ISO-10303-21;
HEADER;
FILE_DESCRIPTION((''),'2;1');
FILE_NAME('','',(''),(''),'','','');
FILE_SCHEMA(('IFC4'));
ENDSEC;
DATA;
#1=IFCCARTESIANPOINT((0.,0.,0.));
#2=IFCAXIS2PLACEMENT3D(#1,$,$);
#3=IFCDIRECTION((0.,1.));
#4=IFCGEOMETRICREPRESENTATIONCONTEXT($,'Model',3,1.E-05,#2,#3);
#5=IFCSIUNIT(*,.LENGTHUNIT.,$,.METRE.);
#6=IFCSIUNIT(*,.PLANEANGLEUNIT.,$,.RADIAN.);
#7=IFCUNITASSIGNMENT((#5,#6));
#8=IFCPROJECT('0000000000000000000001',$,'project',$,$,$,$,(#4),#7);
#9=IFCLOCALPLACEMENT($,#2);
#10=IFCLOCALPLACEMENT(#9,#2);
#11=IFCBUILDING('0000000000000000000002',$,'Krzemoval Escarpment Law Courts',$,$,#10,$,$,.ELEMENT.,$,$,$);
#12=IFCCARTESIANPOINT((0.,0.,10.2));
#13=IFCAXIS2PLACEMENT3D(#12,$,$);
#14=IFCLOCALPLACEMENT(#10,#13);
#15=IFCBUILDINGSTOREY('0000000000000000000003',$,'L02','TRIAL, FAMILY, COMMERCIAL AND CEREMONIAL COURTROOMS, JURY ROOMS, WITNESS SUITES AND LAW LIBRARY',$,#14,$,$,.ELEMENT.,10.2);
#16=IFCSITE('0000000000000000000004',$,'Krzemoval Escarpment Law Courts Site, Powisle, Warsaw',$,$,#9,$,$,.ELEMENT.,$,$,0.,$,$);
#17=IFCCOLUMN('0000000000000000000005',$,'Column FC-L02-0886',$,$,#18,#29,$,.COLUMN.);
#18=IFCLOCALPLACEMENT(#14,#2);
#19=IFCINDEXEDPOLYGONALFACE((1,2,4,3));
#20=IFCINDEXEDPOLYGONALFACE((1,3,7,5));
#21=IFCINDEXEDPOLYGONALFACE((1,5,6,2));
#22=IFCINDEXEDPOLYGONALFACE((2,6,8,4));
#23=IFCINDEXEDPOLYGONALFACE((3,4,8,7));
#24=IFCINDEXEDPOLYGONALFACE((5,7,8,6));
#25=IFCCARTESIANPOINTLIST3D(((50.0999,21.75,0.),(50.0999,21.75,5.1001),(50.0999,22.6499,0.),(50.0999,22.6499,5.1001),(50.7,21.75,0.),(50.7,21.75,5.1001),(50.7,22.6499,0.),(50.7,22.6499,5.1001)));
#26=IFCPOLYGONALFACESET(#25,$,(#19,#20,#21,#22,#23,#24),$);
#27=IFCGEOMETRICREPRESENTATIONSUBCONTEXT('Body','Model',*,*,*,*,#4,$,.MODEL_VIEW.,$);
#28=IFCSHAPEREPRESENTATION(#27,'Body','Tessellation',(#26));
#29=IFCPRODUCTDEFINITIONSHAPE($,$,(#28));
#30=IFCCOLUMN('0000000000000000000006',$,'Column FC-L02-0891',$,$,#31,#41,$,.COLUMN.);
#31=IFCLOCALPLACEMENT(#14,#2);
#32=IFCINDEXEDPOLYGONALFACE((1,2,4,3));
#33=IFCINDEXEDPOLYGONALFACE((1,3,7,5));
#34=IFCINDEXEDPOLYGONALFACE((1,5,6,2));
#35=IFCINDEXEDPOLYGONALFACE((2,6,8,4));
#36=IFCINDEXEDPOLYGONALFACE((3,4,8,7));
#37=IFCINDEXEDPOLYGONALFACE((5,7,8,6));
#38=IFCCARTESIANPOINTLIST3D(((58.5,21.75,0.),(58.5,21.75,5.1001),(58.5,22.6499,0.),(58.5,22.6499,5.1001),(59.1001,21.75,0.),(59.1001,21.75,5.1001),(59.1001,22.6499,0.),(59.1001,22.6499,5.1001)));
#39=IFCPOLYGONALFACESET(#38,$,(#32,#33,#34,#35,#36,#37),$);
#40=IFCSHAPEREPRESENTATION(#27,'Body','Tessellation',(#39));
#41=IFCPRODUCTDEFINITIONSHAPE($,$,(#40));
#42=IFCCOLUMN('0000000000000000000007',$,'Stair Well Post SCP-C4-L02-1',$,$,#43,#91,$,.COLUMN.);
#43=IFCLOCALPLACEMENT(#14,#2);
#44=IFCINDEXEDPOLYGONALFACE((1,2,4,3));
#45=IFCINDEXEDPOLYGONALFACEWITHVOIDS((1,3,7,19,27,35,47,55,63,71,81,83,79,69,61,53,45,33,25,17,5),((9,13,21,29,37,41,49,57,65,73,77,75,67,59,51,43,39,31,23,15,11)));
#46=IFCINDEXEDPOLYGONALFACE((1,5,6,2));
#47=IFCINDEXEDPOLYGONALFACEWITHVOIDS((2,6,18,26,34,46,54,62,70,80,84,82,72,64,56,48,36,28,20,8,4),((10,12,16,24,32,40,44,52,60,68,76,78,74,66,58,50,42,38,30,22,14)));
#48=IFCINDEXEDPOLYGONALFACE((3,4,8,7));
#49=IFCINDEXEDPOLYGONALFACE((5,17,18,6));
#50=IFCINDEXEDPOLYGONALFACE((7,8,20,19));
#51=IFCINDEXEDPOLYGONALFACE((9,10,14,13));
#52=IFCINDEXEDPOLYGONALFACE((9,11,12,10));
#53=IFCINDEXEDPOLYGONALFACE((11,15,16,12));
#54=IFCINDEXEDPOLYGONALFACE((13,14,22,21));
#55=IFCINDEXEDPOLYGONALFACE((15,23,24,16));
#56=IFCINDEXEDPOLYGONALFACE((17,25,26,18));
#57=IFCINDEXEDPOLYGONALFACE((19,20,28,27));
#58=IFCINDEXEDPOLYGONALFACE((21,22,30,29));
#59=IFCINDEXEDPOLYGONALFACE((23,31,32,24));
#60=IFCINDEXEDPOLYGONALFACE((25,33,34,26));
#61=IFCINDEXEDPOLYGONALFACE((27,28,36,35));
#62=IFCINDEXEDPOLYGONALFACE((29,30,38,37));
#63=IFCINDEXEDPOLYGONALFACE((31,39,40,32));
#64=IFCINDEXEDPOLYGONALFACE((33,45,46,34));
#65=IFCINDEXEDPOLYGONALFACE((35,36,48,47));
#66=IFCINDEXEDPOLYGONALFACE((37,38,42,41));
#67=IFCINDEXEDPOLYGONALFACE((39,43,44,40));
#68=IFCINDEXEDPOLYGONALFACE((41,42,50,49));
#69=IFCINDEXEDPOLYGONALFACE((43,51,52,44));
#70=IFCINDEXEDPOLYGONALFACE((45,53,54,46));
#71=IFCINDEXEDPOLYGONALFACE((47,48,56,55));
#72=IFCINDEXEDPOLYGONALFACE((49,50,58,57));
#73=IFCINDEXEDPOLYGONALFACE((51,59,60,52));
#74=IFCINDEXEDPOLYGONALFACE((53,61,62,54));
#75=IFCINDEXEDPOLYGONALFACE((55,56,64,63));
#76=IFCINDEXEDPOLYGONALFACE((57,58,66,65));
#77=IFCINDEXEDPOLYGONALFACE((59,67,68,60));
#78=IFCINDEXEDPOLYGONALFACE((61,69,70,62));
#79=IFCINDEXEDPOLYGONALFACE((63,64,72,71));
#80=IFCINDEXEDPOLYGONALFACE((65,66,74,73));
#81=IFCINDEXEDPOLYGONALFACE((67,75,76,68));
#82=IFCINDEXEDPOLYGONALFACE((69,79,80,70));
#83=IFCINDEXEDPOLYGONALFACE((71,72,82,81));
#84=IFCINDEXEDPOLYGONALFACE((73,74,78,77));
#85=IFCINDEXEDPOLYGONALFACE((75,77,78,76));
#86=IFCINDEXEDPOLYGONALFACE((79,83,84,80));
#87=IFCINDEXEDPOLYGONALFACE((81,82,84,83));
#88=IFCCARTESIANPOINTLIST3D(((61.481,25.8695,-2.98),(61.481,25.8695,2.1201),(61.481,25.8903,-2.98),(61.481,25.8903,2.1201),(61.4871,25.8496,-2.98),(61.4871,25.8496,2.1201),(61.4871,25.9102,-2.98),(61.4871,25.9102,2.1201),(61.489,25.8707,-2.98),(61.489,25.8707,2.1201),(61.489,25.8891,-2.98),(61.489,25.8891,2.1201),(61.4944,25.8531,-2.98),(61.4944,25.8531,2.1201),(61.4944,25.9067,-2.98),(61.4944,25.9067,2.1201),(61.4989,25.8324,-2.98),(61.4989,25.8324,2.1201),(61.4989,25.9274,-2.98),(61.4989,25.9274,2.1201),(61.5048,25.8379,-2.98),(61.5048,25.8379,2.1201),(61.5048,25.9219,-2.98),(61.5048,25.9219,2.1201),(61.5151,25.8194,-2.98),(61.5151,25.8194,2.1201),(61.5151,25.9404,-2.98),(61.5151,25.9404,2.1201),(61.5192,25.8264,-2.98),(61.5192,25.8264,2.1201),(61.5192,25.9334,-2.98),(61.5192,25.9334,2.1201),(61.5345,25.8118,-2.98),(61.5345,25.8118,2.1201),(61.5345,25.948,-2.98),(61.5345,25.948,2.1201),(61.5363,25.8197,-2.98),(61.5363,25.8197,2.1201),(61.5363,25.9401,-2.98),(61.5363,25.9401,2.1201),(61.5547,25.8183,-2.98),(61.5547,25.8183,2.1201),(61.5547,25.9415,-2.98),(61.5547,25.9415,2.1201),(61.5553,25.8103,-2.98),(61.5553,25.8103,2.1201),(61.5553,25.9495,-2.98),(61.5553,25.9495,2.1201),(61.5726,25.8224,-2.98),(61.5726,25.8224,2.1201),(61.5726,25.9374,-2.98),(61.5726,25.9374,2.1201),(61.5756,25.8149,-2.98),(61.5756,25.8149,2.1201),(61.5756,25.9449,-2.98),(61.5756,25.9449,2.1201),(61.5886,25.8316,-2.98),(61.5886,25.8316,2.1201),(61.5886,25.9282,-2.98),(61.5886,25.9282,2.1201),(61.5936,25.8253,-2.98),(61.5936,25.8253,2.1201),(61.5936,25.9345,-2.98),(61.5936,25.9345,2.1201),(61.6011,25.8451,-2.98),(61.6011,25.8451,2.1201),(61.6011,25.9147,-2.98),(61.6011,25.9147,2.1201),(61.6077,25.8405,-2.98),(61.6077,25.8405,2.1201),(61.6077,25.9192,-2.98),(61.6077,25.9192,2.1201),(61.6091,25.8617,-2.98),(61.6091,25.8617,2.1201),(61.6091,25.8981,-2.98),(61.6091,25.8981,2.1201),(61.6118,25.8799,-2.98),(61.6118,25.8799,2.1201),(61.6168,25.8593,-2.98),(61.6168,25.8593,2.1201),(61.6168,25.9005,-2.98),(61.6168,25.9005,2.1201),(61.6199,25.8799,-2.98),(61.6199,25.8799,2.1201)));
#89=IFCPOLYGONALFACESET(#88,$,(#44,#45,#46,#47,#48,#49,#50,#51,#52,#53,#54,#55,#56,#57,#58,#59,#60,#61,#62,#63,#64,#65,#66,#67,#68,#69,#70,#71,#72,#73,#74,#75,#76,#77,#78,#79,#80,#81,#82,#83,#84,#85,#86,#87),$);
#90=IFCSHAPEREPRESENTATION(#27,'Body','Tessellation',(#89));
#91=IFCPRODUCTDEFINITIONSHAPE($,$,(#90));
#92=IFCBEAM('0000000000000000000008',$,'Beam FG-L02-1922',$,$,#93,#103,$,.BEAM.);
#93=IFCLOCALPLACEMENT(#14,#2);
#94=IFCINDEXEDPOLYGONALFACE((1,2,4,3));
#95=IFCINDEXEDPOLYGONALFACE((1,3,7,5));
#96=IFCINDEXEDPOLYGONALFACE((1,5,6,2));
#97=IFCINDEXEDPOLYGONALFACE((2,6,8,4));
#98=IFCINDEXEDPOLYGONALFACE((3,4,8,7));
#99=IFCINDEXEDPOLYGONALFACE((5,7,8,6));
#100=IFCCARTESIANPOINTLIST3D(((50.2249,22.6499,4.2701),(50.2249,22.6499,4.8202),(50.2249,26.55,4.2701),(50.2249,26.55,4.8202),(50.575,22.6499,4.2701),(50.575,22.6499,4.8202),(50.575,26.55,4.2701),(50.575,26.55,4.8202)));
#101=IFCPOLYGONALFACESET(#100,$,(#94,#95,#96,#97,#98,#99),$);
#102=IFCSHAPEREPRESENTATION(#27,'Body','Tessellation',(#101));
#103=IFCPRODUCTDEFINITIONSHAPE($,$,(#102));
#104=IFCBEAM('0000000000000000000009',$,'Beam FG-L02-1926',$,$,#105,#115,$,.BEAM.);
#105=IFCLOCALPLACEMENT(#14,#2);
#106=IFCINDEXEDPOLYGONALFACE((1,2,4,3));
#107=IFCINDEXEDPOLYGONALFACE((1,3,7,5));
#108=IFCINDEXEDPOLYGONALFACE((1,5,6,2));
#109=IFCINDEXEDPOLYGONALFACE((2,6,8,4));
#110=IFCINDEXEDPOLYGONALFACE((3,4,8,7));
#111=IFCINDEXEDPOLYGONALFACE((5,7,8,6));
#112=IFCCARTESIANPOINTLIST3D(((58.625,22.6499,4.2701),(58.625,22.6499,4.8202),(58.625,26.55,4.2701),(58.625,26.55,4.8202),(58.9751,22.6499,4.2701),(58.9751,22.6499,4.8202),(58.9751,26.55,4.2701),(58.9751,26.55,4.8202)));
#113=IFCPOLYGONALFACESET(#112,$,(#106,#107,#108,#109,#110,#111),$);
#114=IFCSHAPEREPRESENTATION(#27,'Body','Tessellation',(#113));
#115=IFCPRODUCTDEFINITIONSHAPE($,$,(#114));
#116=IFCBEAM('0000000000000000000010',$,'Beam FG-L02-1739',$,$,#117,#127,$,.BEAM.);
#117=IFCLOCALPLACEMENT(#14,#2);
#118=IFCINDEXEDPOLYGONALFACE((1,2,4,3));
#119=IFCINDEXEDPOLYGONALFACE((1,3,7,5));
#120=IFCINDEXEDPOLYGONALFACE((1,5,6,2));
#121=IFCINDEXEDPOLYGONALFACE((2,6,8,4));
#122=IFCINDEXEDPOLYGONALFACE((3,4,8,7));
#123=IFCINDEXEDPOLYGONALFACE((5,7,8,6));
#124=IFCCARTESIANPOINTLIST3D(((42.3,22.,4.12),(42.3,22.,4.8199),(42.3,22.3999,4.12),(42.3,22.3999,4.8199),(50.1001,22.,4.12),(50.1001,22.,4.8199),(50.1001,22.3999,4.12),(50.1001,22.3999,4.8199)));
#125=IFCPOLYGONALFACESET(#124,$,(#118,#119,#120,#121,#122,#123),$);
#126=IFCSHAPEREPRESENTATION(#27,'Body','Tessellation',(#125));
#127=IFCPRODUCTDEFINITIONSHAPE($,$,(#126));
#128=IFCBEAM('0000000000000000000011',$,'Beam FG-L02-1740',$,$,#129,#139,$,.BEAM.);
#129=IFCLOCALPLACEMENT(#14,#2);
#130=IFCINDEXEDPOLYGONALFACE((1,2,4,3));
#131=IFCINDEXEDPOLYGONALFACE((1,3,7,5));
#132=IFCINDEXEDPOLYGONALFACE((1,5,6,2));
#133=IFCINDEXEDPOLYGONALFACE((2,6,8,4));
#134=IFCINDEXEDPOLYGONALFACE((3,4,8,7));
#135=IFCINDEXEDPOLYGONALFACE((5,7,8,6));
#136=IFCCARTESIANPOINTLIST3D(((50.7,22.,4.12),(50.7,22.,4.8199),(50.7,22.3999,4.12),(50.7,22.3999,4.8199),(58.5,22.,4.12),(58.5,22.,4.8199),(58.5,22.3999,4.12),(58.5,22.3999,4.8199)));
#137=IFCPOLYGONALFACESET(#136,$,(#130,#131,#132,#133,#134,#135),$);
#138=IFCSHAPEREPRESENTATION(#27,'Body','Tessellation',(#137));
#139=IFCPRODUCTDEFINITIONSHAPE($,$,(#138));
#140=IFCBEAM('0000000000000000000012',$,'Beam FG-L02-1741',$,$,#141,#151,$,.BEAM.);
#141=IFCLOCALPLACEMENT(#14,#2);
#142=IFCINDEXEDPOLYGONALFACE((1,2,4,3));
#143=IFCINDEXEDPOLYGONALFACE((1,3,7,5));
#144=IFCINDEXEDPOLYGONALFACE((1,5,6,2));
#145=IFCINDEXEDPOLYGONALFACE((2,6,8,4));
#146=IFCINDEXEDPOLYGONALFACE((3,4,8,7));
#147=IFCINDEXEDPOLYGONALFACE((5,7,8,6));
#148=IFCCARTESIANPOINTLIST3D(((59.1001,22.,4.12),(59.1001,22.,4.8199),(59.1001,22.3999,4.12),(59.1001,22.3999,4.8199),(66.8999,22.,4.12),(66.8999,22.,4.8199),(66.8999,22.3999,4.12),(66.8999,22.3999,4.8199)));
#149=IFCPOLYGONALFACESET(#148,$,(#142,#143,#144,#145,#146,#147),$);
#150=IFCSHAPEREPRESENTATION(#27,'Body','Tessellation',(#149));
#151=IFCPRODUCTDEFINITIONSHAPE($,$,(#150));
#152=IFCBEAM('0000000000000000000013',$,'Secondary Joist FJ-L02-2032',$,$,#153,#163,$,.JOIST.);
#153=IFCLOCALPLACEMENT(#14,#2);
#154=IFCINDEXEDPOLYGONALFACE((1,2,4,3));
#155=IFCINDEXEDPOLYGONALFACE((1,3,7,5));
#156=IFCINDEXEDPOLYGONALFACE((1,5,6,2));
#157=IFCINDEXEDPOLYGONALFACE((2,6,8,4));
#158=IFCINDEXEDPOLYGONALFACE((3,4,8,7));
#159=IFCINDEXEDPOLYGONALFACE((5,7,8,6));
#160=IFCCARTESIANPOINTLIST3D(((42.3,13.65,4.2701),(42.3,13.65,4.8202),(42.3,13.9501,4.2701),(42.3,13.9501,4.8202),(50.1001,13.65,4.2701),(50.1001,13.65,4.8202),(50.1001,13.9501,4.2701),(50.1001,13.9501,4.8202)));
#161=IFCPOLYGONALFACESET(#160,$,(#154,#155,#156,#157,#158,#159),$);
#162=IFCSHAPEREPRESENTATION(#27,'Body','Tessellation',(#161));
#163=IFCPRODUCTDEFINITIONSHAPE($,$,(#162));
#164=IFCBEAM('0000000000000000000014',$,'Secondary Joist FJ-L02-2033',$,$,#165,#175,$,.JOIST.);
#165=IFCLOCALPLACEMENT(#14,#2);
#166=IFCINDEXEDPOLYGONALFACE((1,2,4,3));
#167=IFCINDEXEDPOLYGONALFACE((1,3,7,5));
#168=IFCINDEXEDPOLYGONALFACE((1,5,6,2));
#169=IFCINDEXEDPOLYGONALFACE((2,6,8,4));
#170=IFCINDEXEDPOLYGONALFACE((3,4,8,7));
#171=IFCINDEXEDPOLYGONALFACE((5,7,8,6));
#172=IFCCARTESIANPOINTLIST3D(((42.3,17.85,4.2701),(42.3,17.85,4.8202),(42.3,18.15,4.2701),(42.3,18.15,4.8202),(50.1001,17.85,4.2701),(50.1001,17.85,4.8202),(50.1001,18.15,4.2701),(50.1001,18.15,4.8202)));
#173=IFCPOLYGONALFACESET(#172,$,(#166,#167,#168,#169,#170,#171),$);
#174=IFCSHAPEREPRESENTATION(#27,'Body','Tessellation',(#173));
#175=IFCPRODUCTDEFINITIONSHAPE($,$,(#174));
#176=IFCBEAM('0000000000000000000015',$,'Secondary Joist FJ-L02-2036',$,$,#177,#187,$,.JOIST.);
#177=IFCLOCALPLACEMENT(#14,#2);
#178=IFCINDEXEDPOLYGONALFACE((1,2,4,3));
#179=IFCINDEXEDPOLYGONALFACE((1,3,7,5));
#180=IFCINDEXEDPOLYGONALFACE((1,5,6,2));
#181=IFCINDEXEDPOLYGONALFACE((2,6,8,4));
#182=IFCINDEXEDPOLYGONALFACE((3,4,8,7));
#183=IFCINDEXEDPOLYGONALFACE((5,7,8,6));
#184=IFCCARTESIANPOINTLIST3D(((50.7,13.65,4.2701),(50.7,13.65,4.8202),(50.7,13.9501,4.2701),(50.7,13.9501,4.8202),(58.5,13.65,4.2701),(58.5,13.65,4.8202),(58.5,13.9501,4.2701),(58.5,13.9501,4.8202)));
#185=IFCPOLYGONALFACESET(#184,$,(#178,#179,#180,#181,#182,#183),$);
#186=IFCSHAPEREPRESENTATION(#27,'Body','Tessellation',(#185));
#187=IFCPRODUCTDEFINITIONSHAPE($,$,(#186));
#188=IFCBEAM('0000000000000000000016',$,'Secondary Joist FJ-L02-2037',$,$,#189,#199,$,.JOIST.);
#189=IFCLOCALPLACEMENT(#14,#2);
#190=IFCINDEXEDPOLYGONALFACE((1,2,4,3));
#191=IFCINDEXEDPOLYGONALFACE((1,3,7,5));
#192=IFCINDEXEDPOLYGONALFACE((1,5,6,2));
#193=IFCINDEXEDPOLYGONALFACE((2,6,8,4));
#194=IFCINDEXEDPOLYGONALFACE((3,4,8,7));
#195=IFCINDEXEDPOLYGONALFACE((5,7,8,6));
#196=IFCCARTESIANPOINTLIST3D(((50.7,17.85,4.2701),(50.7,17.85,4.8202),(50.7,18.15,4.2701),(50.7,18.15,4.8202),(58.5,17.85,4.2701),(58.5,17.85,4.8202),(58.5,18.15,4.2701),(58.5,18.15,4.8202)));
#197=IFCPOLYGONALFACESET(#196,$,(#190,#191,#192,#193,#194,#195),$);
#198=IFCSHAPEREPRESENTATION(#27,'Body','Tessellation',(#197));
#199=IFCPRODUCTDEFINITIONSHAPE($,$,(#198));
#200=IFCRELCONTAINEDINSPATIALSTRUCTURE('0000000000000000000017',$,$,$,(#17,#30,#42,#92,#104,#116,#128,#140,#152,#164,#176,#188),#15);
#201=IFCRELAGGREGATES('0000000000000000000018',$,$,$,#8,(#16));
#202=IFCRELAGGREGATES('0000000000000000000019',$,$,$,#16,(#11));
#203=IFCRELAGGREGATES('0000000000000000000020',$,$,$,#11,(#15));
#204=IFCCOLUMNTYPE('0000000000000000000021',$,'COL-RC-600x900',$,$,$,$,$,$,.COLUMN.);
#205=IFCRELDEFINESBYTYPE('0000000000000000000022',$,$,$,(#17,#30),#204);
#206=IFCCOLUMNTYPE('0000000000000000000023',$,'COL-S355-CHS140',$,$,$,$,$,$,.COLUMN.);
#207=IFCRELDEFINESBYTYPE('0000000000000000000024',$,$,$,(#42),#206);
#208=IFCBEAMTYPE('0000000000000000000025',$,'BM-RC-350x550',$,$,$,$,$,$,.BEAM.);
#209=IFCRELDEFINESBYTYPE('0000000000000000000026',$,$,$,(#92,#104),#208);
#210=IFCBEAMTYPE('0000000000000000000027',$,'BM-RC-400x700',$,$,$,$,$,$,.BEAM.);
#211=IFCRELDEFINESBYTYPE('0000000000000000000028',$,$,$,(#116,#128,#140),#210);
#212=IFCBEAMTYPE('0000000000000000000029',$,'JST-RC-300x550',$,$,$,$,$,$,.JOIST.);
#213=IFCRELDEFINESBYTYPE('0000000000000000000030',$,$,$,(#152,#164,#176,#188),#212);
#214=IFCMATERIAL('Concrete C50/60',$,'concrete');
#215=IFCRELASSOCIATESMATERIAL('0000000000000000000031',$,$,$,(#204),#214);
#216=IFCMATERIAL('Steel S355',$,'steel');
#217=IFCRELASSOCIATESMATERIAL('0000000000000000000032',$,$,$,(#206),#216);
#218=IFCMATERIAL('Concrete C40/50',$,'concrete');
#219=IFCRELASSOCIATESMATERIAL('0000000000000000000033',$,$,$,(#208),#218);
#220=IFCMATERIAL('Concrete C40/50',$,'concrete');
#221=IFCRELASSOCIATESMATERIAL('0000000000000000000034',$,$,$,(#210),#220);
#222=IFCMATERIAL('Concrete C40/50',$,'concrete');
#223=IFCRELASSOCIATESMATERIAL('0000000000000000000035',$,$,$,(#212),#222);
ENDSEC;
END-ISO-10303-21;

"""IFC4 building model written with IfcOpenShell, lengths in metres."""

from ifc_helpers import new_model, si_unit, direction, frame, origin, origin_2d, place, context, subcontext, project, spatial, rectangle, hollow_circle, extrude, material, material_profile, profile_set, type_object, element, save


model = new_model("IFC4")

# Units and contexts
model_context = context("Model", 3, precision=1e-05, world=origin(), true_north=direction((0.0, 1.0)))
body_context = subcontext(model_context, "Body", "Model", "MODEL_VIEW")
ifc_project = project(units=[si_unit("LENGTHUNIT", "METRE"), si_unit("PLANEANGLEUNIT", "RADIAN")], contexts=[model_context])

# Site, building, storey
site_placement = place(None, origin())
site = spatial("IfcSite", under=ifc_project, at=site_placement, Name="Krzemoval Escarpment Law Courts Site, Powisle, Warsaw", CompositionType="ELEMENT", RefElevation=0.0)
building_placement = place(site_placement, origin())
building = spatial("IfcBuilding", under=site, at=building_placement, Name="Krzemoval Escarpment Law Courts", CompositionType="ELEMENT")
storey_placement = place(building_placement, frame((0.0, 0.0, 10.2)))
storey = spatial("IfcBuildingStorey", under=building, at=storey_placement, Name="L02", Description="TRIAL, FAMILY, COMMERCIAL AND CEREMONIAL COURTROOMS, JURY ROOMS, WITNESS SUITES AND LAW LIBRARY", CompositionType="ELEMENT", Elevation=10.2)

# Columns
ifc_material_1 = material(Name="Concrete C50/60", Category="concrete")
ifc_material_profile_1 = material_profile(ifc_material_1, rectangle(XDim=0.6001, YDim=0.8999, at=origin_2d()), Name="RC 600x900")
ifc_profile_set_1 = profile_set([ifc_material_profile_1], Name="Concrete C50/60")
column_type_1 = type_object("IfcColumnType", Name="COL-RC-600x900", PredefinedType="COLUMN", material=ifc_profile_set_1)
for number, where, z_axis, x_axis, name in (
    (1, (50.3999, 22.2, 0.0), (0.0, 0.0, 1.0), (1.0, 0.0, 0.0), "Column FC-L02-0886"),
    (2, (58.8, 22.2, 0.0), (0.0, 0.0, 1.0), (1.0, 0.0, 0.0), "Column FC-L02-0891"),
):
    element("IfcColumn", number, at=place(storey_placement, frame(where, z_axis=z_axis, x_axis=x_axis)), inside=storey, type_object=column_type_1, Name=name, PredefinedType="COLUMN", context=body_context, shape_type="SweptSolid", body=[
        extrude(rectangle(XDim=0.6001, YDim=0.8999, at=origin_2d()), origin(), (0.0, 0.0, 1.0), 5.1001),
    ])
ifc_material_2 = material(Name="Steel S355", Category="steel")
ifc_material_profile_2 = material_profile(ifc_material_2, hollow_circle(Radius=0.0698, WallThickness=0.0081, at=origin_2d()), Name="CHS 139.7x8")
ifc_profile_set_2 = profile_set([ifc_material_profile_2], Name="Steel S355")
column_type_2 = type_object("IfcColumnType", Name="COL-S355-CHS140", PredefinedType="COLUMN", material=ifc_profile_set_2)
column_placement = place(storey_placement, frame((61.55, 25.8799, -2.98), z_axis=(0.0, 0.0, 1.0), x_axis=(1.0, 0.0, 0.0)))
element("IfcColumn", 3, at=column_placement, inside=storey, type_object=column_type_2, Name="Stair Well Post SCP-C4-L02-1", PredefinedType="COLUMN", context=body_context, shape_type="SweptSolid", body=[
    extrude(hollow_circle(Radius=0.0698, WallThickness=0.0081, at=origin_2d()), origin(), (0.0, 0.0, 1.0), 5.1001),
])

# Beams
ifc_material_3 = material(Name="Concrete C40/50", Category="concrete")
ifc_material_profile_3 = material_profile(ifc_material_3, rectangle(XDim=0.3501, YDim=0.55, at=origin_2d()), Name="RCB 350x550")
ifc_profile_set_3 = profile_set([ifc_material_profile_3], Name="Concrete C40/50")
beam_type_1 = type_object("IfcBeamType", Name="BM-RC-350x550", PredefinedType="BEAM", material=ifc_profile_set_3)
for number, where, z_axis, x_axis, name in (
    (4, (50.3999, 22.6499, 4.5452), (0.0, 1.0, 0.0), (-1.0, 0.0, 0.0), "Beam FG-L02-1922"),
    (5, (58.8, 22.6499, 4.5452), (0.0, 1.0, 0.0), (-1.0, 0.0, 0.0), "Beam FG-L02-1926"),
):
    element("IfcBeam", number, at=place(storey_placement, frame(where, z_axis=z_axis, x_axis=x_axis)), inside=storey, type_object=beam_type_1, Name=name, PredefinedType="BEAM", context=body_context, shape_type="SweptSolid", body=[
        extrude(rectangle(XDim=0.3501, YDim=0.55, at=origin_2d()), origin(), (0.0, 0.0, 1.0), 3.9001),
    ])
ifc_material_4 = material(Name="Concrete C40/50", Category="concrete")
ifc_material_profile_4 = material_profile(ifc_material_4, rectangle(XDim=0.3999, YDim=0.7, at=origin_2d()), Name="RCB 400x700")
ifc_profile_set_4 = profile_set([ifc_material_profile_4], Name="Concrete C40/50")
beam_type_2 = type_object("IfcBeamType", Name="BM-RC-400x700", PredefinedType="BEAM", material=ifc_profile_set_4)
for number, where, z_axis, x_axis, name in (
    (6, (42.3, 22.2, 4.47), (1.0, 0.0, 0.0), (0.0, 1.0, 0.0), "Beam FG-L02-1739"),
    (7, (50.7, 22.2, 4.47), (1.0, 0.0, 0.0), (0.0, 1.0, 0.0), "Beam FG-L02-1740"),
):
    element("IfcBeam", number, at=place(storey_placement, frame(where, z_axis=z_axis, x_axis=x_axis)), inside=storey, type_object=beam_type_2, Name=name, PredefinedType="BEAM", context=body_context, shape_type="SweptSolid", body=[
        extrude(rectangle(XDim=0.3999, YDim=0.7, at=origin_2d()), origin(), (0.0, 0.0, 1.0), 7.8),
    ])
beam_1_placement = place(storey_placement, frame((59.1001, 22.2, 4.47), z_axis=(1.0, 0.0, 0.0), x_axis=(0.0, 1.0, 0.0)))
element("IfcBeam", 8, at=beam_1_placement, inside=storey, type_object=beam_type_2, Name="Beam FG-L02-1741", PredefinedType="BEAM", context=body_context, shape_type="SweptSolid", body=[
    extrude(rectangle(XDim=0.3999, YDim=0.7, at=origin_2d()), origin(), (0.0, 0.0, 1.0), 7.7998),
])
ifc_material_5 = material(Name="Concrete C40/50", Category="concrete")
ifc_material_profile_5 = material_profile(ifc_material_5, rectangle(XDim=0.3, YDim=0.55, at=origin_2d()), Name="RCB 300x550")
ifc_profile_set_5 = profile_set([ifc_material_profile_5], Name="Concrete C40/50")
beam_type_3 = type_object("IfcBeamType", Name="JST-RC-300x550", PredefinedType="JOIST", material=ifc_profile_set_5)
for number, where, z_axis, x_axis, name in (
    (9, (42.3, 13.8, 4.5452), (1.0, 0.0, 0.0), (0.0, 1.0, 0.0), "Secondary Joist FJ-L02-2032"),
    (10, (42.3, 18.0, 4.5452), (1.0, 0.0, 0.0), (0.0, 1.0, 0.0), "Secondary Joist FJ-L02-2033"),
    (11, (50.7, 13.8, 4.5452), (1.0, 0.0, 0.0), (0.0, 1.0, 0.0), "Secondary Joist FJ-L02-2036"),
    (12, (50.7, 18.0, 4.5452), (1.0, 0.0, 0.0), (0.0, 1.0, 0.0), "Secondary Joist FJ-L02-2037"),
):
    element("IfcBeam", number, at=place(storey_placement, frame(where, z_axis=z_axis, x_axis=x_axis)), inside=storey, type_object=beam_type_3, Name=name, PredefinedType="JOIST", context=body_context, shape_type="SweptSolid", body=[
        extrude(rectangle(XDim=0.3, YDim=0.55, at=origin_2d()), origin(), (0.0, 0.0, 1.0), 7.8),
    ])

save(model, "model.ifc")
